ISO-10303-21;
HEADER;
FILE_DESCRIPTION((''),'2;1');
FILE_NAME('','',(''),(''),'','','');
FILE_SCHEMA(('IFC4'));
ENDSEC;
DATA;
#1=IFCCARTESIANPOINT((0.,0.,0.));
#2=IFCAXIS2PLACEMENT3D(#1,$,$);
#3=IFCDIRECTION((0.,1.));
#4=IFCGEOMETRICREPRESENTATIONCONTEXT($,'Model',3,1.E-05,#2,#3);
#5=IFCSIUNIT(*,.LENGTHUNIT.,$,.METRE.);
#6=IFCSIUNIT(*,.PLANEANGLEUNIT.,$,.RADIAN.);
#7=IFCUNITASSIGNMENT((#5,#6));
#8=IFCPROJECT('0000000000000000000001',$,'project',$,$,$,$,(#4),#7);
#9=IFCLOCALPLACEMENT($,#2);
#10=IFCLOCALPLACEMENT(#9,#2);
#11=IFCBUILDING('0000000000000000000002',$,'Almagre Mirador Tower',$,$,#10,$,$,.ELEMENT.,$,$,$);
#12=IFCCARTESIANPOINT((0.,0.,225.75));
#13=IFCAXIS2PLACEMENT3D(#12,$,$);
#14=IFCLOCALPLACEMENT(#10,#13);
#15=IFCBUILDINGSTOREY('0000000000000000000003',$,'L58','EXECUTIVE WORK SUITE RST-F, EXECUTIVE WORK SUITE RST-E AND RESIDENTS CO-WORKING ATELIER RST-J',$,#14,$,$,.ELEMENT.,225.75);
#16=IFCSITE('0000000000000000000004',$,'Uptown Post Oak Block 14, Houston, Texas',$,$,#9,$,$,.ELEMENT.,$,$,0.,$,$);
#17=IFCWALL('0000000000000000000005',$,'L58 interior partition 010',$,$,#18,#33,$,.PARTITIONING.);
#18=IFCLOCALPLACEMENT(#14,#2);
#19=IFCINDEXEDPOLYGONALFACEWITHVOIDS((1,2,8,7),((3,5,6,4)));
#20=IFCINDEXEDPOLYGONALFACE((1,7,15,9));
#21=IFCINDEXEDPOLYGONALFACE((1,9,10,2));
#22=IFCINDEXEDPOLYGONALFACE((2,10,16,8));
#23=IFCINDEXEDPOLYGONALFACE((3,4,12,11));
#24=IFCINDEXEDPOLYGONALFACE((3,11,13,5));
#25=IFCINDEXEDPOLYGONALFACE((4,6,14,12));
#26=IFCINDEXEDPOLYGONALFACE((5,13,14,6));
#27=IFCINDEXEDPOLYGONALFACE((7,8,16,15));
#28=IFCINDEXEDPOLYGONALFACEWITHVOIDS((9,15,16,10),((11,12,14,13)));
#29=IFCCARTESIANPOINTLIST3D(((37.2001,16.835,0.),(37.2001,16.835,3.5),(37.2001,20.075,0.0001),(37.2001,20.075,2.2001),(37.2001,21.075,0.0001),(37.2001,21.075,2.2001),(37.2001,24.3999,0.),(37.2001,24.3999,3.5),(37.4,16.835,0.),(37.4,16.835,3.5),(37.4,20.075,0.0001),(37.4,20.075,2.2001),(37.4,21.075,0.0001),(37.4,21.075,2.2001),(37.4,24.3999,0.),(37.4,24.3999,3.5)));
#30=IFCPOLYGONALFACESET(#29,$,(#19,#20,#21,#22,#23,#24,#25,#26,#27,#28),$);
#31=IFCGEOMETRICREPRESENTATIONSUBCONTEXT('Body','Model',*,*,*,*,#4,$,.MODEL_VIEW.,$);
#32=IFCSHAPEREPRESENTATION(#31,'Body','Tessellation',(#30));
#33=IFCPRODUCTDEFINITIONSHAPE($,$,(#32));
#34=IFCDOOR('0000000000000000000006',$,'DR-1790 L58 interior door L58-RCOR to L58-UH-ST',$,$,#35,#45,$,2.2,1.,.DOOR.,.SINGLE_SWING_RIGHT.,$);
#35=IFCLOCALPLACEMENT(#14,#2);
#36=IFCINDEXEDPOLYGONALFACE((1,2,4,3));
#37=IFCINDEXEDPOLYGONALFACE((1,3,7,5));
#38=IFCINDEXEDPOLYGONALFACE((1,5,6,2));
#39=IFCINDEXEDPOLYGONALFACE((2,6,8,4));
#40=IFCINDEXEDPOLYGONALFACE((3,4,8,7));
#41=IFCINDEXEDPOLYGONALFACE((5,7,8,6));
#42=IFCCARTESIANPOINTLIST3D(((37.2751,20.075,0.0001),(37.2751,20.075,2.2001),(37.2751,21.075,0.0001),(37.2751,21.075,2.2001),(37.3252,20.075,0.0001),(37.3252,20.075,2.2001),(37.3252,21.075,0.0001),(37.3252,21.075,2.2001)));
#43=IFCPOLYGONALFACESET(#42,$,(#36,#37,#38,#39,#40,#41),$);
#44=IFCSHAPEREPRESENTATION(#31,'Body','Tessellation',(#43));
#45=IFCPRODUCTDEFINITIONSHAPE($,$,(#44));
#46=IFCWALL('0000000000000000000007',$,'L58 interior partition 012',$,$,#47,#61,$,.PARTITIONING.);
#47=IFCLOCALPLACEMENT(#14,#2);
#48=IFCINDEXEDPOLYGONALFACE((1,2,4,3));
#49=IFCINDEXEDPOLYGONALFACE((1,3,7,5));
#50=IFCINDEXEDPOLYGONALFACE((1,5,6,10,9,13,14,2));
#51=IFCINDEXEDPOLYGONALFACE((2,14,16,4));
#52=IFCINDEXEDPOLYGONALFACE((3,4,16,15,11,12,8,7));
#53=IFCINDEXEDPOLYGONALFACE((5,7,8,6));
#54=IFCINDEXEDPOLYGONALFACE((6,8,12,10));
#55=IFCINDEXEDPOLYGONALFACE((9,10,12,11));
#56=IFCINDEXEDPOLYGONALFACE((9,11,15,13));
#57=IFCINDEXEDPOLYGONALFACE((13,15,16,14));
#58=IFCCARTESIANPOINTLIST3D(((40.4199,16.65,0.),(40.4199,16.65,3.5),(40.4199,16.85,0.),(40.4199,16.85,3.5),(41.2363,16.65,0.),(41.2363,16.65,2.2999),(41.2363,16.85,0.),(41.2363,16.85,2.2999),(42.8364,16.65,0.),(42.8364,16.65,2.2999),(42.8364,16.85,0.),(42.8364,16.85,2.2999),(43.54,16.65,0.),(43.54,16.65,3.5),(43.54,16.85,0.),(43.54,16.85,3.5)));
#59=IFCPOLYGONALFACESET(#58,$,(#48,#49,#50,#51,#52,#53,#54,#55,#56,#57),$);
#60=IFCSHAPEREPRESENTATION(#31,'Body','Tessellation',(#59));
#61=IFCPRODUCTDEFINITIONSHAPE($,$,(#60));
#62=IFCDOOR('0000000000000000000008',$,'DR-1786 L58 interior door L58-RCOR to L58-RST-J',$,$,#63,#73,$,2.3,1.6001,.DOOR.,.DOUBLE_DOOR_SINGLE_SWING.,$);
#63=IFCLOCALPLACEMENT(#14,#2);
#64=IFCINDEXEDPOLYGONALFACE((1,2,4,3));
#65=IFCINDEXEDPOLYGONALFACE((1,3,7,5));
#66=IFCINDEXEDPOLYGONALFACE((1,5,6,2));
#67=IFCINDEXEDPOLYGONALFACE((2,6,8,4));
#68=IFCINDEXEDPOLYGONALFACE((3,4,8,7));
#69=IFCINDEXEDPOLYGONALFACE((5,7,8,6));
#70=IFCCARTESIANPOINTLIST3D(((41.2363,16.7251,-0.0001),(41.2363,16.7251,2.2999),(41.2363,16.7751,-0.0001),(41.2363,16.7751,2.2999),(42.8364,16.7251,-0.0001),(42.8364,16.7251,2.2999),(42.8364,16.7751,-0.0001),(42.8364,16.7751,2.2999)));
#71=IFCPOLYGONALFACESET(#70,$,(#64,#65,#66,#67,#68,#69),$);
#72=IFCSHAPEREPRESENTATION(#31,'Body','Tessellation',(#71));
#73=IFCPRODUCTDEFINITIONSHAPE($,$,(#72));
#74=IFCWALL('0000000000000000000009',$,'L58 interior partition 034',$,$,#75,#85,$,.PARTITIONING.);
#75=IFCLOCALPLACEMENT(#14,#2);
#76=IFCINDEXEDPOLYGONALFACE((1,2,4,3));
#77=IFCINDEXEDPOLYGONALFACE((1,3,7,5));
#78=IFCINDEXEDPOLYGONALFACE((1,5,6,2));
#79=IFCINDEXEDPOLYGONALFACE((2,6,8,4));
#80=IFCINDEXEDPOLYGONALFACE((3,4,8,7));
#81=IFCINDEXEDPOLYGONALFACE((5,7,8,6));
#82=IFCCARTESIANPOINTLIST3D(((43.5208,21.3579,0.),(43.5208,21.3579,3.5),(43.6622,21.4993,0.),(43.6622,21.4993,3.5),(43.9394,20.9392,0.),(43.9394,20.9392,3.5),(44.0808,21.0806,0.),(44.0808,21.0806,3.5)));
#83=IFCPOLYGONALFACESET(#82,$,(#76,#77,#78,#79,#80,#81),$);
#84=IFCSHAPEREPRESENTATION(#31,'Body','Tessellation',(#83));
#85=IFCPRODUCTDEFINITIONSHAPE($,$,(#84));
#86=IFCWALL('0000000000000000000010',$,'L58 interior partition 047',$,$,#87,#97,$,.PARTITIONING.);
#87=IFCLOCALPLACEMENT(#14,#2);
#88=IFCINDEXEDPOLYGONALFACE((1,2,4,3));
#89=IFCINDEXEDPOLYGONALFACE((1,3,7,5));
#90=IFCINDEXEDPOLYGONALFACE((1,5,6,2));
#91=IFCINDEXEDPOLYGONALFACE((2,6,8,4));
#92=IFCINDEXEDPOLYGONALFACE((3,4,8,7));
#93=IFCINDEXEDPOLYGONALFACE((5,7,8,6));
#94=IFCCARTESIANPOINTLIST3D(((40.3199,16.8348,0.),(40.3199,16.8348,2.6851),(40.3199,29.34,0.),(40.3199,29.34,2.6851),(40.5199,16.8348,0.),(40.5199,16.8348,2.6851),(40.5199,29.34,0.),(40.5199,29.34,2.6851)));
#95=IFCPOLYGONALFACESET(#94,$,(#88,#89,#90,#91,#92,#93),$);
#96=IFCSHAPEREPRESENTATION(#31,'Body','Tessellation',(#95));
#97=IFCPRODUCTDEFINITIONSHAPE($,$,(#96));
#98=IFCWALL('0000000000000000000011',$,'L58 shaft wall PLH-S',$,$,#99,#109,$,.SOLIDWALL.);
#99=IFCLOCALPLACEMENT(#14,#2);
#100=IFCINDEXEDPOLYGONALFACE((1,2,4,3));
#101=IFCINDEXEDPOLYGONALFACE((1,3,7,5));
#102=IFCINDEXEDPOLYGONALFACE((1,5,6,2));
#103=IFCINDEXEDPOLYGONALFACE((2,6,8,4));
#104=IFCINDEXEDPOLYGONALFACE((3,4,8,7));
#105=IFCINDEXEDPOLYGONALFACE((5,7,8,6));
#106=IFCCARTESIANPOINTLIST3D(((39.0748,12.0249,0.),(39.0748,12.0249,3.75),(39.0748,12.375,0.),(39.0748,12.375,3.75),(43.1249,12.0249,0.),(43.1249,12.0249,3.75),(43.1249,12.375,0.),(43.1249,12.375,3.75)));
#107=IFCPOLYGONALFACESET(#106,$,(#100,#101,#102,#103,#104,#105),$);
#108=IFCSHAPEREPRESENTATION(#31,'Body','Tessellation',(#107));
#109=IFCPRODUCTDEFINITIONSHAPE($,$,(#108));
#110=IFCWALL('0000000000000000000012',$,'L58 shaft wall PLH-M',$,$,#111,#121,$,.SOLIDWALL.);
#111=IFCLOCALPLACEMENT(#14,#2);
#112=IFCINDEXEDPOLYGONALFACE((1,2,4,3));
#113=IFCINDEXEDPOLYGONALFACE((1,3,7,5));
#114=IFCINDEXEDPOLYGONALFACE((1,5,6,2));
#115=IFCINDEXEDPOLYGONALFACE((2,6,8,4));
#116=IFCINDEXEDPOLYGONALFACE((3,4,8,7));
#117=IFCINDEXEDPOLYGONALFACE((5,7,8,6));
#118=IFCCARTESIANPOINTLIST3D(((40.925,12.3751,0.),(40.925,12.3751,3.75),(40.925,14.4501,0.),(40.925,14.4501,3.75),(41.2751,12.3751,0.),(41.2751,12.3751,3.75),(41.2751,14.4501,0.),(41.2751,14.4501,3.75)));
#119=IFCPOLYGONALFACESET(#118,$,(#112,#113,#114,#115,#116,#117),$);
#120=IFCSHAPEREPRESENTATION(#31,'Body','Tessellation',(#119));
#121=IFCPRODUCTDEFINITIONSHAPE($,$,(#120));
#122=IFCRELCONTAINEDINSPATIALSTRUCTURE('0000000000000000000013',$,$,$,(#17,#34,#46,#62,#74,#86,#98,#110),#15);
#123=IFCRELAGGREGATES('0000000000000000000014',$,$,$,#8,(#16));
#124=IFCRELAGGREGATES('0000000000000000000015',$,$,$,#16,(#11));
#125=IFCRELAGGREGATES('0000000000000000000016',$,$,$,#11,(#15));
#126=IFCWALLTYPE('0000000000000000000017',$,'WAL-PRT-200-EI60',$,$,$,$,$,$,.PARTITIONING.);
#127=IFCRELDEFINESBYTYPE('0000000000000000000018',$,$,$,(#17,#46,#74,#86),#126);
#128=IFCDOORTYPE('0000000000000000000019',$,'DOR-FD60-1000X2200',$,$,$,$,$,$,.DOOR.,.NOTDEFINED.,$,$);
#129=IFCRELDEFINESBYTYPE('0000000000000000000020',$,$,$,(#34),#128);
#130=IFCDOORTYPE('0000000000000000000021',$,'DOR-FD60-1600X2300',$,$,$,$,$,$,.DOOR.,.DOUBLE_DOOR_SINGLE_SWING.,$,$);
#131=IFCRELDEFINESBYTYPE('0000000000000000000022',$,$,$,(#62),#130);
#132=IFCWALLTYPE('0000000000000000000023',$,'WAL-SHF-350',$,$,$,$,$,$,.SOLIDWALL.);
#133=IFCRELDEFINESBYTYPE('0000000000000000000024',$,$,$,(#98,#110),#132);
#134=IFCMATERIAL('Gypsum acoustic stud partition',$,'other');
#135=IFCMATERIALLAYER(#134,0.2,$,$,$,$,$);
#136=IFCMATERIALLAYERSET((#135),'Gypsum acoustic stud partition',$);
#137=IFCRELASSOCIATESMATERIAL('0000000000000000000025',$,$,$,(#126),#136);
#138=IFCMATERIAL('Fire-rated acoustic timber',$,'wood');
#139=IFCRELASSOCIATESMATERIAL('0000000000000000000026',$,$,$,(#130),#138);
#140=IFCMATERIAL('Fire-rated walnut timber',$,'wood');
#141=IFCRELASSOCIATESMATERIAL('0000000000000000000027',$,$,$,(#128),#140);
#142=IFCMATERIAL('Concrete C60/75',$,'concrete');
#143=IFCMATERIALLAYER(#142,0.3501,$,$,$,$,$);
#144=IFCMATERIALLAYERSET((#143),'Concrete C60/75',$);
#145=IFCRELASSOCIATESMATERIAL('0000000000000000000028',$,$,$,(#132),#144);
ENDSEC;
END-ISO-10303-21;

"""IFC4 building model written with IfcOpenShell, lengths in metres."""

from ifc_helpers import new_model, si_unit, direction, frame, frame_2d, origin, place, context, subcontext, project, spatial, rectangle, extrude, material, layer, layer_set, type_object, element, fill, save


model = new_model("IFC4")

# Units and contexts
model_context = context("Model", 3, precision=1e-05, world=origin(), true_north=direction((0.0, 1.0)))
body_context = subcontext(model_context, "Body", "Model", "MODEL_VIEW")
ifc_project = project(units=[si_unit("LENGTHUNIT", "METRE"), si_unit("PLANEANGLEUNIT", "RADIAN")], contexts=[model_context])

# Site, building, storey
site_placement = place(None, origin())
site = spatial("IfcSite", under=ifc_project, at=site_placement, Name="Uptown Post Oak Block 14, Houston, Texas", CompositionType="ELEMENT", RefElevation=0.0)
building_placement = place(site_placement, origin())
building = spatial("IfcBuilding", under=site, at=building_placement, Name="Almagre Mirador Tower", CompositionType="ELEMENT")
storey_placement = place(building_placement, frame((0.0, 0.0, 225.75)))
storey = spatial("IfcBuildingStorey", under=building, at=storey_placement, Name="L58", Description="EXECUTIVE WORK SUITE RST-F, EXECUTIVE WORK SUITE RST-E AND RESIDENTS CO-WORKING ATELIER RST-J", CompositionType="ELEMENT", Elevation=225.75)

# Shared definitions
ifc_material_1 = material(Name="Gypsum acoustic stud partition", Category="other")
ifc_layer_1 = layer(ifc_material_1, 0.2)
ifc_layer_set_1 = layer_set([ifc_layer_1], Name="Gypsum acoustic stud partition")
wall_type_1 = type_object("IfcWallType", Name="WAL-PRT-200-EI60", PredefinedType="PARTITIONING", material=ifc_layer_set_1)

# Shared definitions
ifc_material_2 = material(Name="Fire-rated acoustic timber", Category="wood")
door_type_1 = type_object("IfcDoorType", Name="DOR-FD60-1600X2300", OperationType="DOUBLE_DOOR_SINGLE_SWING", PredefinedType="DOOR", material=ifc_material_2)

# Walls, openings, doors
wall_1_placement = place(storey_placement, frame((37.3, 16.835, 0.0), z_axis=(0.0, 0.0, 1.0), x_axis=(0.0, 1.0, 0.0)))
wall_1 = element("IfcWall", 1, at=wall_1_placement, inside=storey, type_object=wall_type_1, Name="L58 interior partition 010", PredefinedType="PARTITIONING", context=body_context, shape_type="SweptSolid", body=[
    extrude(rectangle(XDim=7.5649, YDim=0.2, at=frame_2d((3.7825, 0.0))), origin(), (0.0, 0.0, 1.0), 3.5),
])
opening_1_placement = place(wall_1_placement, frame((3.24, 0.0, 0.0)))
opening_1 = element("IfcOpeningElement", 2, at=opening_1_placement, cuts=wall_1, PredefinedType="OPENING", context=body_context, shape_type="SweptSolid", body=[
    extrude(rectangle(XDim=1.0, YDim=2.2, at=frame_2d((0.5, 1.1001))), frame((0.0, 0.1101, 0.0), z_axis=(0.0, -1.0, 0.0), x_axis=(1.0, 0.0, 0.0)), (0.0, 0.0, 1.0), 0.22),
])
ifc_material_3 = material(Name="Fire-rated walnut timber", Category="wood")
door_type_2 = type_object("IfcDoorType", Name="DOR-FD60-1000X2200", OperationType="NOTDEFINED", PredefinedType="DOOR", material=ifc_material_3)
door_1_placement = place(opening_1_placement, origin())
door_1 = element("IfcDoor", 3, at=door_1_placement, inside=storey, type_object=door_type_2, Name="DR-1790 L58 interior door L58-RCOR to L58-UH-ST", OperationType="SINGLE_SWING_RIGHT", OverallHeight=2.2, OverallWidth=1.0, PredefinedType="DOOR", context=body_context, shape_type="SweptSolid", body=[
    extrude(rectangle(XDim=1.0, YDim=2.2, at=frame_2d((0.5, 1.1001))), frame((0.0, 0.0249, 0.0), z_axis=(0.0, -1.0, 0.0), x_axis=(1.0, 0.0, 0.0)), (0.0, 0.0, 1.0), 0.05),
])
fill(opening_1, door_1)
wall_2_placement = place(storey_placement, frame((43.54, 16.75, 0.0), z_axis=(0.0, 0.0, 1.0), x_axis=(-1.0, 0.0, 0.0)))
wall_2 = element("IfcWall", 4, at=wall_2_placement, inside=storey, type_object=wall_type_1, Name="L58 interior partition 012", PredefinedType="PARTITIONING", context=body_context, shape_type="SweptSolid", body=[
    extrude(rectangle(XDim=3.1201, YDim=0.2, at=frame_2d((1.5601, 0.0))), origin(), (0.0, 0.0, 1.0), 3.5),
])
opening_2_placement = place(wall_2_placement, frame((0.7036, 0.0, 0.0)))
opening_2 = element("IfcOpeningElement", 5, at=opening_2_placement, cuts=wall_2, PredefinedType="OPENING", context=body_context, shape_type="SweptSolid", body=[
    extrude(rectangle(XDim=1.6001, YDim=2.3, at=frame_2d((0.8, 1.1499))), frame((0.0, 0.1101, 0.0), z_axis=(0.0, -1.0, 0.0), x_axis=(1.0, 0.0, 0.0)), (0.0, 0.0, 1.0), 0.22),
])
door_2_placement = place(opening_2_placement, origin())
door_2 = element("IfcDoor", 6, at=door_2_placement, inside=storey, type_object=door_type_1, Name="DR-1786 L58 interior door L58-RCOR to L58-RST-J", OperationType="DOUBLE_DOOR_SINGLE_SWING", OverallHeight=2.3, OverallWidth=1.6001, PredefinedType="DOOR", context=body_context, shape_type="SweptSolid", body=[
    extrude(rectangle(XDim=1.6001, YDim=2.3, at=frame_2d((0.8, 1.1499))), frame((0.0, 0.0249, 0.0), z_axis=(0.0, -1.0, 0.0), x_axis=(1.0, 0.0, 0.0)), (0.0, 0.0, 1.0), 0.05),
])
fill(opening_2, door_2)

# Walls
wall_3_placement = place(storey_placement, frame((44.01, 21.01, 0.0), z_axis=(0.0, 0.0, 1.0), x_axis=(-0.707107, 0.707107, 0.0)))
element("IfcWall", 7, at=wall_3_placement, inside=storey, type_object=wall_type_1, Name="L58 interior partition 034", PredefinedType="PARTITIONING", context=body_context, shape_type="SweptSolid", body=[
    extrude(rectangle(XDim=0.592, YDim=0.2, at=frame_2d((0.2959, 0.0))), origin(), (0.0, 0.0, 1.0), 3.5),
])
wall_4_placement = place(storey_placement, frame((40.4199, 16.835, 0.0), z_axis=(0.0, 0.0, 1.0), x_axis=(0.0, 1.0, 0.0)))
element("IfcWall", 8, at=wall_4_placement, inside=storey, type_object=wall_type_1, Name="L58 interior partition 047", PredefinedType="PARTITIONING", context=body_context, shape_type="SweptSolid", body=[
    extrude(rectangle(XDim=12.5051, YDim=0.2, at=frame_2d((6.2524, 0.0))), origin(), (0.0, 0.0, 1.0), 2.6851),
])
ifc_material_4 = material(Name="Concrete C60/75", Category="concrete")
ifc_layer_2 = layer(ifc_material_4, 0.3501)
ifc_layer_set_2 = layer_set([ifc_layer_2], Name="Concrete C60/75")
wall_type_2 = type_object("IfcWallType", Name="WAL-SHF-350", PredefinedType="SOLIDWALL", material=ifc_layer_set_2)
wall_5_placement = place(storey_placement, frame((39.075, 12.2, 0.0), z_axis=(0.0, 0.0, 1.0), x_axis=(1.0, 0.0, 0.0)))
element("IfcWall", 9, at=wall_5_placement, inside=storey, type_object=wall_type_2, Name="L58 shaft wall PLH-S", PredefinedType="SOLIDWALL", context=body_context, shape_type="SweptSolid", body=[
    extrude(rectangle(XDim=4.05, YDim=0.3501, at=frame_2d((2.0249, 0.0))), origin(), (0.0, 0.0, 1.0), 3.75),
])
wall_6_placement = place(storey_placement, frame((41.1001, 12.375, 0.0), z_axis=(0.0, 0.0, 1.0), x_axis=(0.0, 1.0, 0.0)))
element("IfcWall", 10, at=wall_6_placement, inside=storey, type_object=wall_type_2, Name="L58 shaft wall PLH-M", PredefinedType="SOLIDWALL", context=body_context, shape_type="SweptSolid", body=[
    extrude(rectangle(XDim=2.075, YDim=0.3501, at=frame_2d((1.0376, 0.0))), origin(), (0.0, 0.0, 1.0), 3.75),
])

save(model, "model.ifc")
